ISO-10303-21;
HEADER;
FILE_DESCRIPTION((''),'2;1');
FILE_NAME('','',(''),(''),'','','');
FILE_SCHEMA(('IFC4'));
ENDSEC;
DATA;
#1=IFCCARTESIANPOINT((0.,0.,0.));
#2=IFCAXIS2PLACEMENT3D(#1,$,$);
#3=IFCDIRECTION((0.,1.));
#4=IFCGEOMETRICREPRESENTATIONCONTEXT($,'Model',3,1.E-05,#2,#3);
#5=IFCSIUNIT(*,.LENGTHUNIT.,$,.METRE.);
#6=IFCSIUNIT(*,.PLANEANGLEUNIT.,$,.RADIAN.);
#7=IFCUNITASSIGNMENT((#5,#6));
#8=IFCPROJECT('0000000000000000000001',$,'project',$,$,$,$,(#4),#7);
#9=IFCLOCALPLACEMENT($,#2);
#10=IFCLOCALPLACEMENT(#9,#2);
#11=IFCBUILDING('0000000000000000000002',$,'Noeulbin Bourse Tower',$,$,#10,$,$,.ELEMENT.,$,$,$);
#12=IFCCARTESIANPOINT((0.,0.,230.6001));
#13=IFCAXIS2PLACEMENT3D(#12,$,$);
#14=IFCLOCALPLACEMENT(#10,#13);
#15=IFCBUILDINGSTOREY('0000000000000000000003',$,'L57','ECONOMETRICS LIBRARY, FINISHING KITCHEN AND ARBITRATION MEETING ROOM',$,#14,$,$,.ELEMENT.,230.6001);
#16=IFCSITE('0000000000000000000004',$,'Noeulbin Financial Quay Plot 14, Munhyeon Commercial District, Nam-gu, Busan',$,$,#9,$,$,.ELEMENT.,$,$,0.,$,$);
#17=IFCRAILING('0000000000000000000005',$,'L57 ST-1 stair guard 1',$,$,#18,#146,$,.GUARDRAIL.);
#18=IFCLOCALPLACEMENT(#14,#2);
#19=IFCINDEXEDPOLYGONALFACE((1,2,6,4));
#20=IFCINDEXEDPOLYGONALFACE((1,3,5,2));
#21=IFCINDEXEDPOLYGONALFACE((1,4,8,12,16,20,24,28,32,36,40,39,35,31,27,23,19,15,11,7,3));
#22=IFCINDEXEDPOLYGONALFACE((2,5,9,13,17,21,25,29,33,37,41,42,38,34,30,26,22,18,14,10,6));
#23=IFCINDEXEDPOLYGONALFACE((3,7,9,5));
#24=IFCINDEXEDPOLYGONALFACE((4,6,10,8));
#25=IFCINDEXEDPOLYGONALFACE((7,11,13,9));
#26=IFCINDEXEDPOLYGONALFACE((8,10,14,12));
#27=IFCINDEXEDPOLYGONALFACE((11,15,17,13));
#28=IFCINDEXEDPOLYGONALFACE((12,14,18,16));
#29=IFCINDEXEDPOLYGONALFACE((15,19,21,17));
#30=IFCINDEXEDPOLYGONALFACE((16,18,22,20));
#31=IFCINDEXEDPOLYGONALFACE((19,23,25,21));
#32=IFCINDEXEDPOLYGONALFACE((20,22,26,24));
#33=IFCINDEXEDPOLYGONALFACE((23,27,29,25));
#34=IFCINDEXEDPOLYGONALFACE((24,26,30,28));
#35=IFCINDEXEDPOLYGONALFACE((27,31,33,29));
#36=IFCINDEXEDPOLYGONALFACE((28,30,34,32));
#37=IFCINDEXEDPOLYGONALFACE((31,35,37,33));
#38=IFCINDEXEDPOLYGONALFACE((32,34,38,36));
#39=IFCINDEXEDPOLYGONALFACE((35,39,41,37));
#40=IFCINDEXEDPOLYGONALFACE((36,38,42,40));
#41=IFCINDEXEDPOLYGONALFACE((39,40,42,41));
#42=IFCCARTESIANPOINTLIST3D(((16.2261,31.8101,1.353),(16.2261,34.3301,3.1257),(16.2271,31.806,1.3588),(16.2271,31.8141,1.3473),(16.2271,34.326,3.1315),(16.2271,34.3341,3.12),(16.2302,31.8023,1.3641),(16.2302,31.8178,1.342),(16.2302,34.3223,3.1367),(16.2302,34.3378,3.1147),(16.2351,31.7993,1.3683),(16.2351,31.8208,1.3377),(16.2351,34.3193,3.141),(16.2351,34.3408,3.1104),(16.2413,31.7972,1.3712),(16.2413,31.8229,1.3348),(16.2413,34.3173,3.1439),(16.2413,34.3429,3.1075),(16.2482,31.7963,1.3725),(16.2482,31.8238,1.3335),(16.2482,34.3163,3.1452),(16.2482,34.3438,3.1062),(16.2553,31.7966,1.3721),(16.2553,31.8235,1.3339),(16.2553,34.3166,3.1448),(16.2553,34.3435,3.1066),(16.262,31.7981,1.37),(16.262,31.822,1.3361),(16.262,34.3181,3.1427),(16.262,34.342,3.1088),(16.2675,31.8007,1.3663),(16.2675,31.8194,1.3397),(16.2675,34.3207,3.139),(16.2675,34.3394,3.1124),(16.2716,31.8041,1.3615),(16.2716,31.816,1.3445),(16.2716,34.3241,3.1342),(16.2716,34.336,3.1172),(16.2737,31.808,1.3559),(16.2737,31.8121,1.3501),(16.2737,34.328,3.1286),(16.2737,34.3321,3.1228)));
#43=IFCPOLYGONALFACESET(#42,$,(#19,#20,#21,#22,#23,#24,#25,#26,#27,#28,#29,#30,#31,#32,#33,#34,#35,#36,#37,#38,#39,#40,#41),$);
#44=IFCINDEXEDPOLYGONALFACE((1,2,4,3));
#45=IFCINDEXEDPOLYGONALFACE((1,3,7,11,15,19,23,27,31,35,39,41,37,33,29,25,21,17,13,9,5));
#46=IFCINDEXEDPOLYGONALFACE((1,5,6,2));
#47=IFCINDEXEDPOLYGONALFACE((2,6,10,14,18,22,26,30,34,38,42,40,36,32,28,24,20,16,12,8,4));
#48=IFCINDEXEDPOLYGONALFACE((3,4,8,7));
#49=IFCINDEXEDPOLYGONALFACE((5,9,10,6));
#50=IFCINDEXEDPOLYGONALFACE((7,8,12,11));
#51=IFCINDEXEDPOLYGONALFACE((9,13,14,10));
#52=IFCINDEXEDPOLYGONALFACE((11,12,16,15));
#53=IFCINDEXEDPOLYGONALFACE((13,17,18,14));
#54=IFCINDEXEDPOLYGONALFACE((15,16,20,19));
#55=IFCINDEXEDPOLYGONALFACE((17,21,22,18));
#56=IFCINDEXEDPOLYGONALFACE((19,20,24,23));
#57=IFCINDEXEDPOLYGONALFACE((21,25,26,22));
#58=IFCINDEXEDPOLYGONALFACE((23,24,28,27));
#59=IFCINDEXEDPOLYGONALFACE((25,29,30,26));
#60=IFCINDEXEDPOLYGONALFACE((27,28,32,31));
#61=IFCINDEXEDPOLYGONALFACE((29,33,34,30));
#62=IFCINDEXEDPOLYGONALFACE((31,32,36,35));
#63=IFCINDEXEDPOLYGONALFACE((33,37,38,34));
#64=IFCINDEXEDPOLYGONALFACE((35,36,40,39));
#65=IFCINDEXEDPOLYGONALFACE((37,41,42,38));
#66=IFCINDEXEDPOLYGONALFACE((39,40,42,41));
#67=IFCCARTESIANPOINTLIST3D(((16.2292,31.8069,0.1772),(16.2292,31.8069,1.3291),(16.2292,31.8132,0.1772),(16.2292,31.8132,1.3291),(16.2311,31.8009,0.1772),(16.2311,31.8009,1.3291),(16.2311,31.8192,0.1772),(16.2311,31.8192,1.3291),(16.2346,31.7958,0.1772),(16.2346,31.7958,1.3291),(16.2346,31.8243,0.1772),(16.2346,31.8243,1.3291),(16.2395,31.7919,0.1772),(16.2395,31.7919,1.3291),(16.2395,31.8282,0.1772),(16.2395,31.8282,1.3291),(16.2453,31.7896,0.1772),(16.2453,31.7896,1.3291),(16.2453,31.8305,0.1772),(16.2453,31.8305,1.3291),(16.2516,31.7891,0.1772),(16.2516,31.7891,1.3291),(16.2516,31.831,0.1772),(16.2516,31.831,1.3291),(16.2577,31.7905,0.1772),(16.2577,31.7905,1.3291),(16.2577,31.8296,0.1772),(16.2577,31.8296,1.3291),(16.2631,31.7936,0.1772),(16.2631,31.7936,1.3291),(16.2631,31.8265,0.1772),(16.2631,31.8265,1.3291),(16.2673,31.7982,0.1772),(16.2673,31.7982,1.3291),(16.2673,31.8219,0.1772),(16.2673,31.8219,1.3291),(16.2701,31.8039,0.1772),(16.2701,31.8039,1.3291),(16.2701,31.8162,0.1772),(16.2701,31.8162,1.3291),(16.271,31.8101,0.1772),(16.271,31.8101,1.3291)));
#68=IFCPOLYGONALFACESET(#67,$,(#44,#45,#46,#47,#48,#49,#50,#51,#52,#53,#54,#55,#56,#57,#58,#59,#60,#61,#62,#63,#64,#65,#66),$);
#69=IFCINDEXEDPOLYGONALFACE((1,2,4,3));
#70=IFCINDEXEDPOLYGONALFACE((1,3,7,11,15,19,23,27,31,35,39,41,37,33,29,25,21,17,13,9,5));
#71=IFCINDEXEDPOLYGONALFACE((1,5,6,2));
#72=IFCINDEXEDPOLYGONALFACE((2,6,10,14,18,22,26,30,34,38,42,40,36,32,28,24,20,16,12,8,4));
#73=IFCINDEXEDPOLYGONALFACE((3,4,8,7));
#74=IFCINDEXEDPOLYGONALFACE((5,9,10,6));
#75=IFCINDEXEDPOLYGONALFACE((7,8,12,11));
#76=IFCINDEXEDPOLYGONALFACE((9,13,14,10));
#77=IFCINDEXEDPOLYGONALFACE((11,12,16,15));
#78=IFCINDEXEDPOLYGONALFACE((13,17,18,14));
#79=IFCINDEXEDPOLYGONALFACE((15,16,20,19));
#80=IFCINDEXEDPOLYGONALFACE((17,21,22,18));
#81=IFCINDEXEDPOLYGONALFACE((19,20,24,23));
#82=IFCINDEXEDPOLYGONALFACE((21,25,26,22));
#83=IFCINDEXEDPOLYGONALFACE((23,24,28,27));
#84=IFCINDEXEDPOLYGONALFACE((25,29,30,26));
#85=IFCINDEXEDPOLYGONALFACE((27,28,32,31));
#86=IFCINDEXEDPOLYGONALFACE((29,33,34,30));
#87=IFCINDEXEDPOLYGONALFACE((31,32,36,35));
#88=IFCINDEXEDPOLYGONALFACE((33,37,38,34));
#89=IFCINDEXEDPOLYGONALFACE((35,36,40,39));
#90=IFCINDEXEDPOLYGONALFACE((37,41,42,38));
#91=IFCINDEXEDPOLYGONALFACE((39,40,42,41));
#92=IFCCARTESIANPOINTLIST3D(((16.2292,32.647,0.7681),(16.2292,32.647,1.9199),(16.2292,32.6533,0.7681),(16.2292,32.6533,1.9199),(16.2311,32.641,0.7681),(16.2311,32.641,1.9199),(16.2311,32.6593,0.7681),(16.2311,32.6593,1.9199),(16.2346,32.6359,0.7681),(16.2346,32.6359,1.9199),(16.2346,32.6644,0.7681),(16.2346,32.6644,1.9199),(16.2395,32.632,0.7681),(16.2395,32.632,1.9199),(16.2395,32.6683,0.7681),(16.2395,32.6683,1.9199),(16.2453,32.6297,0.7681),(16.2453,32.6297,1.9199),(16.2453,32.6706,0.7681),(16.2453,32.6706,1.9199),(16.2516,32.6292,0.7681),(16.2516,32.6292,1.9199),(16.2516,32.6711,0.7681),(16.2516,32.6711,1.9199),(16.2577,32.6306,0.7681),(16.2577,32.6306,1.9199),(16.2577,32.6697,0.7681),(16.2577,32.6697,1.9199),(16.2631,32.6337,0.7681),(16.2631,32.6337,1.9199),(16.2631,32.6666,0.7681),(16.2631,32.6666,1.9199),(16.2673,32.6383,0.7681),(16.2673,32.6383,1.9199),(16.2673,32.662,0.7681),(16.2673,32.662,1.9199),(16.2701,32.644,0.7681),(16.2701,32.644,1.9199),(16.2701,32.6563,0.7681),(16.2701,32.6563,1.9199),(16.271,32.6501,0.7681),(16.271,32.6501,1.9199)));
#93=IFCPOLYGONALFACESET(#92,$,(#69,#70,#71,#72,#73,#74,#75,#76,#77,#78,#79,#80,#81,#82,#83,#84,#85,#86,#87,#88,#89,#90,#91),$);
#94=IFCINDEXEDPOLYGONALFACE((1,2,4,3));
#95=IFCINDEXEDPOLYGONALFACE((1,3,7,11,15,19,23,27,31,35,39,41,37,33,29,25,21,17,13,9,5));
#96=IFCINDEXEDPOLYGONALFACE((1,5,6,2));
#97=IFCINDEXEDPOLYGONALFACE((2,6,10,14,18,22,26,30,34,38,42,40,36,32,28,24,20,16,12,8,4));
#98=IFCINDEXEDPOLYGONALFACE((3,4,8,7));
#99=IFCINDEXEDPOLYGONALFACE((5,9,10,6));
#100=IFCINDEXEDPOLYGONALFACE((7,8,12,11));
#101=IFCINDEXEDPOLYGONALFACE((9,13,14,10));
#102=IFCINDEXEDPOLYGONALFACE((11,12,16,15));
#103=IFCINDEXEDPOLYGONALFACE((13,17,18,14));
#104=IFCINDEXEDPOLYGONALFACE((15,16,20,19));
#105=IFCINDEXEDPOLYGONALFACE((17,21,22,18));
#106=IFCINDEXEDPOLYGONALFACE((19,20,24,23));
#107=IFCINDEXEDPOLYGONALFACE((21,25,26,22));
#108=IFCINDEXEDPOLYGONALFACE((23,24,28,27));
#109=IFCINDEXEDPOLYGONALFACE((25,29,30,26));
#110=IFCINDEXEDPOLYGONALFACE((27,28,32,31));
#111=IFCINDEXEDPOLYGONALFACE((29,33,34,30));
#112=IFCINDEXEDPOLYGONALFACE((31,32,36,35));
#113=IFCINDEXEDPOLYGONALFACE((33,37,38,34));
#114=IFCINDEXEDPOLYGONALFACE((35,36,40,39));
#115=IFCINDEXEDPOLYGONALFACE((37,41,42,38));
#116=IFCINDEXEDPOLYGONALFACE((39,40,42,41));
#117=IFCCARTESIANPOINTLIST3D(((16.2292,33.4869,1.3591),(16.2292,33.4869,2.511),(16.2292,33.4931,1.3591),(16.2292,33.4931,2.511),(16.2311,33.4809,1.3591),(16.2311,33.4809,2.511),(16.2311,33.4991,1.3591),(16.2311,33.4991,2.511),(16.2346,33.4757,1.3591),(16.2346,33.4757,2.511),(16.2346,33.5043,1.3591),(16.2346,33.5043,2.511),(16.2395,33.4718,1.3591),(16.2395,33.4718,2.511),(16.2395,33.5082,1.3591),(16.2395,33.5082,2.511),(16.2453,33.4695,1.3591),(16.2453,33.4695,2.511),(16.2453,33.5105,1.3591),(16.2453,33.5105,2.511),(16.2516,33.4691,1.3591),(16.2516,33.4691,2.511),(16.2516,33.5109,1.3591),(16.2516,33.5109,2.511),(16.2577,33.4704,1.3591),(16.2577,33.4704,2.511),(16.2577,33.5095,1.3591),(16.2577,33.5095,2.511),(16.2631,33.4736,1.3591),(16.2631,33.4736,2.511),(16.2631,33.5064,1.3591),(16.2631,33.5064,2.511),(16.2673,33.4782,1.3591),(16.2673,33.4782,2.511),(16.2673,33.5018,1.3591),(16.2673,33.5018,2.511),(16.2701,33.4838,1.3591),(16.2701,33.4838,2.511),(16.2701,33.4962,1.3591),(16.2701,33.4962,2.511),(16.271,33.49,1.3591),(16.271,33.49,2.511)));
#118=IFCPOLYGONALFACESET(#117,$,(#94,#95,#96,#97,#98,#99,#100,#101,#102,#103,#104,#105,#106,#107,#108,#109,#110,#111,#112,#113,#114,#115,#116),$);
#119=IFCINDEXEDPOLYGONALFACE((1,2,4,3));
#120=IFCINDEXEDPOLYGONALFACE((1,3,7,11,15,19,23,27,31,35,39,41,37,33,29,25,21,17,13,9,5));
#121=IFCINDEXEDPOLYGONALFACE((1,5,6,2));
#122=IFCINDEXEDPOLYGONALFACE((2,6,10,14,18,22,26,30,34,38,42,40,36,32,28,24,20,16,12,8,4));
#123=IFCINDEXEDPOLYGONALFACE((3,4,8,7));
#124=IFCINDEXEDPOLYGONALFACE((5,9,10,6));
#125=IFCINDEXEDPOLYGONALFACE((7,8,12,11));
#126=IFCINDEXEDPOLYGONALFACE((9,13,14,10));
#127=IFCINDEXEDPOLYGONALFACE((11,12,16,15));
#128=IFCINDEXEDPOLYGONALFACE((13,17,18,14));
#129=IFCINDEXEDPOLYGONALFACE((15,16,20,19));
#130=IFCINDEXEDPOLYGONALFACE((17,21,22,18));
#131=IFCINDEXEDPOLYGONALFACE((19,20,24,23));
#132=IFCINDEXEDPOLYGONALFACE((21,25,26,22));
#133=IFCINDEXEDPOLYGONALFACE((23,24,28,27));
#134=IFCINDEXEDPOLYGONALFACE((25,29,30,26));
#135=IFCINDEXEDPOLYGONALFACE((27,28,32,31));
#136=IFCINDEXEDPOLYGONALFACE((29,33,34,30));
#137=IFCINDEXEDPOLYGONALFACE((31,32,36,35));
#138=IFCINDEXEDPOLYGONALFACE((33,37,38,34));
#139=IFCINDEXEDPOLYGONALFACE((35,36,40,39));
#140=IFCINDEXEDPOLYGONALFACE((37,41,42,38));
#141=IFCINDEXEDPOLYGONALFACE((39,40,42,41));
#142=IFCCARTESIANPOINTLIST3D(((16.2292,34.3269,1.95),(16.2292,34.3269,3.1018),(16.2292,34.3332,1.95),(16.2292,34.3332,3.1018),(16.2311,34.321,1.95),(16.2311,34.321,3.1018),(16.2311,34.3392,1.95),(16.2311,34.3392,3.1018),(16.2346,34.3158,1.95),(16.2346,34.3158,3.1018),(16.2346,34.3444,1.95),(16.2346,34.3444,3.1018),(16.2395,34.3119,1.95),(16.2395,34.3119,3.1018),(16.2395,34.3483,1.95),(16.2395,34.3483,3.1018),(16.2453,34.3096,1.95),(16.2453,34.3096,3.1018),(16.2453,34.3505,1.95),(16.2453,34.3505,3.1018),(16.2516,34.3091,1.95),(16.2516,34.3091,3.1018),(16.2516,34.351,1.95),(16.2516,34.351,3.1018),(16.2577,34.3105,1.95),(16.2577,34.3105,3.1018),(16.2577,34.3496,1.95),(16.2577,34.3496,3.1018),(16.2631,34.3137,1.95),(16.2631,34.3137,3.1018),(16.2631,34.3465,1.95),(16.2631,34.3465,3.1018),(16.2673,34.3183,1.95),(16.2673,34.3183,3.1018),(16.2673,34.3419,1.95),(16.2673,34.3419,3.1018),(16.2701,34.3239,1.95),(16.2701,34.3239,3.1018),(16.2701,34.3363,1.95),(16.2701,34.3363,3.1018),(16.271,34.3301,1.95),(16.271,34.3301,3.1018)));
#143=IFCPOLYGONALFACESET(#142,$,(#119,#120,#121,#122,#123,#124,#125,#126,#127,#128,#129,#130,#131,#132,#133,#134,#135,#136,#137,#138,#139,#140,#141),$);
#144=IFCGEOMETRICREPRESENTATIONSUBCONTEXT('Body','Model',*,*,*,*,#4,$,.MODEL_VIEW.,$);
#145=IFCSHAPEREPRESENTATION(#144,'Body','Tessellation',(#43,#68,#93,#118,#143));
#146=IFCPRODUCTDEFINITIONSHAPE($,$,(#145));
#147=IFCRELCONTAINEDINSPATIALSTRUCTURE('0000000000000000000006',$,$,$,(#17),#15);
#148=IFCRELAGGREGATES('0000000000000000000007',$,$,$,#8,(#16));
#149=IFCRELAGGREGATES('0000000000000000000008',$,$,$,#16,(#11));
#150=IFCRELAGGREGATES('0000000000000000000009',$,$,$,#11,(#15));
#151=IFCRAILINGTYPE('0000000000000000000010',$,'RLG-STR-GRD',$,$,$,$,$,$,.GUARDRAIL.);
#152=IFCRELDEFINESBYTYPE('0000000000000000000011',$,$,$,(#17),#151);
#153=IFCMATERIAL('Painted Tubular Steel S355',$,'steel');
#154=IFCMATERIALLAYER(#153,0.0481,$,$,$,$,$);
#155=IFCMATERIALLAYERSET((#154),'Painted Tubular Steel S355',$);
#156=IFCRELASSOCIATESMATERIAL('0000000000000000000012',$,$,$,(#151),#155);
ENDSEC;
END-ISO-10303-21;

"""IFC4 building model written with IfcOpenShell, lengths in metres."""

from ifc_helpers import new_model, si_unit, direction, frame, origin, origin_2d, place, context, subcontext, project, spatial, circle, extrude, material, layer, layer_set, type_object, element, save


model = new_model("IFC4")

# Units and contexts
model_context = context("Model", 3, precision=1e-05, world=origin(), true_north=direction((0.0, 1.0)))
body_context = subcontext(model_context, "Body", "Model", "MODEL_VIEW")
ifc_project = project(units=[si_unit("LENGTHUNIT", "METRE"), si_unit("PLANEANGLEUNIT", "RADIAN")], contexts=[model_context])

# Site, building, storey
site_placement = place(None, origin())
site = spatial("IfcSite", under=ifc_project, at=site_placement, Name="Noeulbin Financial Quay Plot 14, Munhyeon Commercial District, Nam-gu, Busan", CompositionType="ELEMENT", RefElevation=0.0)
building_placement = place(site_placement, origin())
building = spatial("IfcBuilding", under=site, at=building_placement, Name="Noeulbin Bourse Tower", CompositionType="ELEMENT")
storey_placement = place(building_placement, frame((0.0, 0.0, 230.6001)))
storey = spatial("IfcBuildingStorey", under=building, at=storey_placement, Name="L57", Description="ECONOMETRICS LIBRARY, FINISHING KITCHEN AND ARBITRATION MEETING ROOM", CompositionType="ELEMENT", Elevation=230.6001)

# Railing
ifc_material_1 = material(Name="Painted Tubular Steel S355", Category="steel")
ifc_layer_1 = layer(ifc_material_1, 0.0481)
ifc_layer_set_1 = layer_set([ifc_layer_1], Name="Painted Tubular Steel S355")
railing_type_1 = type_object("IfcRailingType", Name="RLG-STR-GRD", PredefinedType="GUARDRAIL", material=ifc_layer_set_1)
railing_1_placement = place(storey_placement, frame((16.25, 31.8101, 0.1772)))
element("IfcRailing", 1, at=railing_1_placement, inside=storey, type_object=railing_type_1, Name="L57 ST-1 stair guard 1", PredefinedType="GUARDRAIL", context=body_context, shape_type="SweptSolid", body=[
    extrude(circle(Radius=0.0239, at=origin_2d()), frame((0.0, 0.0, 1.1758), z_axis=(0.0, 0.817904, 0.575354), x_axis=(-1.0, 0.0, 0.0)), (0.0, 0.0, 1.0), 3.0811),
    extrude(circle(Radius=0.021, at=origin_2d()), origin(), (0.0, 0.0, 1.0), 1.1519),
    extrude(circle(Radius=0.021, at=origin_2d()), frame((0.0, 0.8401, 0.5908)), (0.0, 0.0, 1.0), 1.1519),
    extrude(circle(Radius=0.021, at=origin_2d()), frame((0.0, 1.6799, 1.1819)), (0.0, 0.0, 1.0), 1.1519),
    extrude(circle(Radius=0.021, at=origin_2d()), frame((0.0, 2.52, 1.7727)), (0.0, 0.0, 1.0), 1.1519),
])

save(model, "model.ifc")
